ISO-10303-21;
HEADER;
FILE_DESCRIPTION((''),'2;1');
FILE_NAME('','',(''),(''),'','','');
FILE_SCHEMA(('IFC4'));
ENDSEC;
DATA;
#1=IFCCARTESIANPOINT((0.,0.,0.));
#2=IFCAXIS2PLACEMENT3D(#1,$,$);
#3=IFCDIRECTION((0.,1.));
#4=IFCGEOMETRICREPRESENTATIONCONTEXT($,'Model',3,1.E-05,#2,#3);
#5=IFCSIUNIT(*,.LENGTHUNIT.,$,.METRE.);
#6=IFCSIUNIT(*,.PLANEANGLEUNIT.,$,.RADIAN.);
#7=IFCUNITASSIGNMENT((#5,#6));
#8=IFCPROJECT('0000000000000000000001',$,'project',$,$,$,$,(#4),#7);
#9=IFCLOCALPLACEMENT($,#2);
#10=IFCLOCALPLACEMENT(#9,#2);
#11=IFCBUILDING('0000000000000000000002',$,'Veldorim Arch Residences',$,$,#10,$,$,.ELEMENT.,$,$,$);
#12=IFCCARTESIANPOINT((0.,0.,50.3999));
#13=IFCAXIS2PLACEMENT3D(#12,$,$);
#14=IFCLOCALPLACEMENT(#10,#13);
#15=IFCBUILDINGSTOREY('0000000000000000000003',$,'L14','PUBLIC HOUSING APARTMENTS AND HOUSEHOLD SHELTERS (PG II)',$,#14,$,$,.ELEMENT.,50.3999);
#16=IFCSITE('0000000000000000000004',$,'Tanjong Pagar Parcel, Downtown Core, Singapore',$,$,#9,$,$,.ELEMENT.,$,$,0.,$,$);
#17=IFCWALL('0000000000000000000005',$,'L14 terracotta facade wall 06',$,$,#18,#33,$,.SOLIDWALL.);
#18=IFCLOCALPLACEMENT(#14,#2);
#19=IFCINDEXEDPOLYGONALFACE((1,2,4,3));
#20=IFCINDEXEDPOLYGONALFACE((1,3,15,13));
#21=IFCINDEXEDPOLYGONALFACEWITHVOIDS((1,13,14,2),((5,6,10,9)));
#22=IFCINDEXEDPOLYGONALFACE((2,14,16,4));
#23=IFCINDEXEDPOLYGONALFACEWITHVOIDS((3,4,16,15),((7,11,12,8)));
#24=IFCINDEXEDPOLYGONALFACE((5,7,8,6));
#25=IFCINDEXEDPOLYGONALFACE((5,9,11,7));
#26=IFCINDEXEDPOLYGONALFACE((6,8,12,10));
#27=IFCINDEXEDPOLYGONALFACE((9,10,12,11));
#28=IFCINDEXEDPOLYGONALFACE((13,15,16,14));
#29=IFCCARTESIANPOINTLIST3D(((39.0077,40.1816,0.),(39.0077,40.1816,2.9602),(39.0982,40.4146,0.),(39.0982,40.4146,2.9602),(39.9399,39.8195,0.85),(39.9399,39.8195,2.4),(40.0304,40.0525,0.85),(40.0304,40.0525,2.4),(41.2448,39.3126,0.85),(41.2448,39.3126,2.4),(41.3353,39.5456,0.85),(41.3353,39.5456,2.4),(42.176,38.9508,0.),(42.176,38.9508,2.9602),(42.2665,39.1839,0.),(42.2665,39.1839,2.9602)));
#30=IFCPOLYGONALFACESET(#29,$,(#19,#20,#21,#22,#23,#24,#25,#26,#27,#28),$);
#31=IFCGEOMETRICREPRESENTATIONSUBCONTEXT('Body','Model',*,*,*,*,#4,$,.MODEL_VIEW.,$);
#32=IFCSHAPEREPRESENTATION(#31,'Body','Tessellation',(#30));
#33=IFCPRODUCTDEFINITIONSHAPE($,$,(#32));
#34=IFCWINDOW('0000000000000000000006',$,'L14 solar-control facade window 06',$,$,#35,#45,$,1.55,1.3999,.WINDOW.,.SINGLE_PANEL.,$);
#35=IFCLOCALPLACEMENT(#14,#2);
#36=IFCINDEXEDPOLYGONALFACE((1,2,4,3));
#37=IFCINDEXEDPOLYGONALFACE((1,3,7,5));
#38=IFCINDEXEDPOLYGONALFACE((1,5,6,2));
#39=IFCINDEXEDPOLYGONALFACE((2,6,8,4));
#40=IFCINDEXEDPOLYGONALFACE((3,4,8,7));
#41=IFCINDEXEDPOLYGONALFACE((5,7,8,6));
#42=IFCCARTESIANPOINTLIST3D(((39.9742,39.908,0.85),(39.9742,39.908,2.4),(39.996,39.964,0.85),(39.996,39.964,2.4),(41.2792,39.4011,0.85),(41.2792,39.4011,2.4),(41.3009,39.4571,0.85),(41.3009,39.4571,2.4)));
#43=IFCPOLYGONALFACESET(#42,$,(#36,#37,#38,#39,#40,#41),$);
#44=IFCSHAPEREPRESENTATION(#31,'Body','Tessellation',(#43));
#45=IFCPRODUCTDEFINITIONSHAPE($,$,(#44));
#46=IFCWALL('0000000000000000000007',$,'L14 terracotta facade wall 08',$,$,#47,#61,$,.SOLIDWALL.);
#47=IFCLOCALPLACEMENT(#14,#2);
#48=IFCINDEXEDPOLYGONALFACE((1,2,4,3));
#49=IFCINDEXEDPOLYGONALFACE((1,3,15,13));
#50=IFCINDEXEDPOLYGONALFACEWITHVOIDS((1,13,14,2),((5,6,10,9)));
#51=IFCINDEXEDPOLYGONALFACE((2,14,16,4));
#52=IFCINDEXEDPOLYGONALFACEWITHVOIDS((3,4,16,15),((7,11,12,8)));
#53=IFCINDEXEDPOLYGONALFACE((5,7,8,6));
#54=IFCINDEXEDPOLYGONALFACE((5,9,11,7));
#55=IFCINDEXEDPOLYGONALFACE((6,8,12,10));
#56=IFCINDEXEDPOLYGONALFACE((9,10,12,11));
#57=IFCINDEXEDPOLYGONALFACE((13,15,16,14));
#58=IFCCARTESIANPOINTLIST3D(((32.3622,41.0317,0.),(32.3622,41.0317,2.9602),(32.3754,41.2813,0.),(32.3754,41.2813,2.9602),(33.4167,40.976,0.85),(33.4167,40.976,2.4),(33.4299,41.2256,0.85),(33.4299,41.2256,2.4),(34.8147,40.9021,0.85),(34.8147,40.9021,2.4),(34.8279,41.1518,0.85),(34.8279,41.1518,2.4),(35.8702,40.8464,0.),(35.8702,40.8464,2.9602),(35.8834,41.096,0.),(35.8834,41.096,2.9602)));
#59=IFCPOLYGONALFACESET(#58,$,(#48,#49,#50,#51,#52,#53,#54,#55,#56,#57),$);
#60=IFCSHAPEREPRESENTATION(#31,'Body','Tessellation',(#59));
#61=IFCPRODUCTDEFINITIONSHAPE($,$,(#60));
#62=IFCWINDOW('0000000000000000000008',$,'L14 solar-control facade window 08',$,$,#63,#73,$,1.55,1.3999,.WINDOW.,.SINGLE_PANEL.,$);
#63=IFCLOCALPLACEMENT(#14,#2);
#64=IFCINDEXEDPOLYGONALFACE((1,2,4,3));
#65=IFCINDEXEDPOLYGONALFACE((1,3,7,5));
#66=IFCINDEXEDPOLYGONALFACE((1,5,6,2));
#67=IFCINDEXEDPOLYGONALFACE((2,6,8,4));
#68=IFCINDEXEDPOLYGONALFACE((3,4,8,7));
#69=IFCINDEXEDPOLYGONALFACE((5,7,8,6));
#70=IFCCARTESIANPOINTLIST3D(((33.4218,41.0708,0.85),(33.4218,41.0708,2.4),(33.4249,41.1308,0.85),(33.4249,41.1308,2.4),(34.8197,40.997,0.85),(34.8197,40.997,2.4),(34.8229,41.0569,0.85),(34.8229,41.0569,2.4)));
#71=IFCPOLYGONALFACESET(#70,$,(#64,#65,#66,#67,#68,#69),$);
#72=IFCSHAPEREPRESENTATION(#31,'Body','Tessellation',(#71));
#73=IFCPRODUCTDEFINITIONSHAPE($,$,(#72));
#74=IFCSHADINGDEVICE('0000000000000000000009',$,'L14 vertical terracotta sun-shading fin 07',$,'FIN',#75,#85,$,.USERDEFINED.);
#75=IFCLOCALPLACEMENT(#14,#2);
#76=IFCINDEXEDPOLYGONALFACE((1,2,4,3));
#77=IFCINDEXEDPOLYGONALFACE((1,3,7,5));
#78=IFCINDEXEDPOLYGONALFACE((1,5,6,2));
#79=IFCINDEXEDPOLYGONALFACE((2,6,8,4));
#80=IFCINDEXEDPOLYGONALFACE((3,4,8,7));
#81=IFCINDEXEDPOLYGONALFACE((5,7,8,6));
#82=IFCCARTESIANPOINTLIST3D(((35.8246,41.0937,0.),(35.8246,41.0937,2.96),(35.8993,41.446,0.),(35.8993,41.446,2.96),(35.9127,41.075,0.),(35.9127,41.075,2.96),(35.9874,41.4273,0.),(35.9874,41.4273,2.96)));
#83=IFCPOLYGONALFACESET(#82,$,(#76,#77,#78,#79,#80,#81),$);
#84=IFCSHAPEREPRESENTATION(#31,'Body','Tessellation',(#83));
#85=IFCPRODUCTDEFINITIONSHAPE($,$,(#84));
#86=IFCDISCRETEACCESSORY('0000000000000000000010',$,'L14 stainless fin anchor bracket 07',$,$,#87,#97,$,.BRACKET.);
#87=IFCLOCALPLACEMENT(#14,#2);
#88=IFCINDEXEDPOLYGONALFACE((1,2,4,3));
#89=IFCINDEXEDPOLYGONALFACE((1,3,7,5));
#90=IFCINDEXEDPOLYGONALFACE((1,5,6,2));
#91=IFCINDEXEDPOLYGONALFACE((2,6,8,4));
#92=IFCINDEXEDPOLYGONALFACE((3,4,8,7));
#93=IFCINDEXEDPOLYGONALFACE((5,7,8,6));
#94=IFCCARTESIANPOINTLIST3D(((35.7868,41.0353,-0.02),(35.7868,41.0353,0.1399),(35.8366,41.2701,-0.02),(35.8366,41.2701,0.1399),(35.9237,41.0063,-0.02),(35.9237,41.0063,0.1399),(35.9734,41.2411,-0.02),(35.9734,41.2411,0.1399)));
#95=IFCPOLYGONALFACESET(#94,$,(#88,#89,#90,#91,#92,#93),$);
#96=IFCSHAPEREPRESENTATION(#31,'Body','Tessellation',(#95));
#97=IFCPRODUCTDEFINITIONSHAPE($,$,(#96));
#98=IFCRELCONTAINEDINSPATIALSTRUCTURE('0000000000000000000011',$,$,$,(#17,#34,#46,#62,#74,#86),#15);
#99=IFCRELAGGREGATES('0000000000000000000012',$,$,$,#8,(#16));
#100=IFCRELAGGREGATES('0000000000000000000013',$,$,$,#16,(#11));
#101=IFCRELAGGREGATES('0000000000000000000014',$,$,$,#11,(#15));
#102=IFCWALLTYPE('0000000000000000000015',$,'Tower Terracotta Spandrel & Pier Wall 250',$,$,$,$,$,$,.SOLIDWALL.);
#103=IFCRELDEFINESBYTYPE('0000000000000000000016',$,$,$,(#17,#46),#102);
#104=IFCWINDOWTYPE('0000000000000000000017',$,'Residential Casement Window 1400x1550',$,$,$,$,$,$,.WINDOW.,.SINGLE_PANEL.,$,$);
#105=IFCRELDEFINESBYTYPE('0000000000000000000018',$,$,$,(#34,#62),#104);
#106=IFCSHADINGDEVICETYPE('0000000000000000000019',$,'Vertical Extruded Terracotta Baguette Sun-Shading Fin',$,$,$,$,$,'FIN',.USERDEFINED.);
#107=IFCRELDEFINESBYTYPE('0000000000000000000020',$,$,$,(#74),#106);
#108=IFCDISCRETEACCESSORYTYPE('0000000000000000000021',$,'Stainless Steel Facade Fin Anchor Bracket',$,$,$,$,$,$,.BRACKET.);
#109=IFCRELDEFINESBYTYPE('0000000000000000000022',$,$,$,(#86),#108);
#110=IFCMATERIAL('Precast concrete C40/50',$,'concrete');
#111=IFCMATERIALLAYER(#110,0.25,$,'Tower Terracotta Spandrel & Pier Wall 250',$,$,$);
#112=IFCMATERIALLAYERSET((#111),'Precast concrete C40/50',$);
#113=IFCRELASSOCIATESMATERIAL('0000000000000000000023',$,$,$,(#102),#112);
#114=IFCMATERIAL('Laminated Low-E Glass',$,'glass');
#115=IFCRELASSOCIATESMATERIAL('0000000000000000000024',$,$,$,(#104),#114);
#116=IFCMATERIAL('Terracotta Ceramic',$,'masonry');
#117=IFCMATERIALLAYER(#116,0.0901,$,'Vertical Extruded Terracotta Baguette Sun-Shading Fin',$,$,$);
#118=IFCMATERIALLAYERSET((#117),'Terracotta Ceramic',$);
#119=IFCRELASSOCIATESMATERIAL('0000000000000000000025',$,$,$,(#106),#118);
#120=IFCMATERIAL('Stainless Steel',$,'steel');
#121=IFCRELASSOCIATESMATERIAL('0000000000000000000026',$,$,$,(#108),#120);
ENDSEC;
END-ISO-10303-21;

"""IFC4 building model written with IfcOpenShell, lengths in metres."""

from ifc_helpers import new_model, si_unit, direction, frame, frame_2d, origin, origin_2d, place, context, subcontext, project, spatial, rectangle, extrude, material, layer, layer_set, type_object, element, fill, save


model = new_model("IFC4")

# Units and contexts
model_context = context("Model", 3, precision=1e-05, world=origin(), true_north=direction((0.0, 1.0)))
body_context = subcontext(model_context, "Body", "Model", "MODEL_VIEW")
ifc_project = project(units=[si_unit("LENGTHUNIT", "METRE"), si_unit("PLANEANGLEUNIT", "RADIAN")], contexts=[model_context])

# Site, building, storey
site_placement = place(None, origin())
site = spatial("IfcSite", under=ifc_project, at=site_placement, Name="Tanjong Pagar Parcel, Downtown Core, Singapore", CompositionType="ELEMENT", RefElevation=0.0)
building_placement = place(site_placement, origin())
building = spatial("IfcBuilding", under=site, at=building_placement, Name="Veldorim Arch Residences", CompositionType="ELEMENT")
storey_placement = place(building_placement, frame((0.0, 0.0, 50.3999)))
storey = spatial("IfcBuildingStorey", under=building, at=storey_placement, Name="L14", Description="PUBLIC HOUSING APARTMENTS AND HOUSEHOLD SHELTERS (PG II)", CompositionType="ELEMENT", Elevation=50.3999)

# Walls, openings, windows
ifc_material_1 = material(Name="Precast concrete C40/50", Category="concrete")
ifc_layer_1 = layer(ifc_material_1, 0.25, Name="Tower Terracotta Spandrel & Pier Wall 250")
ifc_layer_set_1 = layer_set([ifc_layer_1], Name="Precast concrete C40/50")
wall_type_1 = type_object("IfcWallType", Name="Tower Terracotta Spandrel & Pier Wall 250", PredefinedType="SOLIDWALL", material=ifc_layer_set_1)
wall_1_placement = place(storey_placement, frame((39.053, 40.2981, 0.0), z_axis=(0.0, 0.0, 1.0), x_axis=(0.932141, -0.362096, 0.0)))
wall_1 = element("IfcWall", 1, at=wall_1_placement, inside=storey, type_object=wall_type_1, Name="L14 terracotta facade wall 06", PredefinedType="SOLIDWALL", context=body_context, shape_type="SweptSolid", body=[
    extrude(rectangle(XDim=3.3989, YDim=0.25, at=frame_2d((1.6995, 0.0))), origin(), (0.0, 0.0, 1.0), 2.9602),
])
opening_1_placement = place(wall_1_placement, frame((1.0, 0.0, 0.8501)))
opening_1 = element("IfcOpeningElement", 2, at=opening_1_placement, cuts=wall_1, PredefinedType="OPENING", context=body_context, shape_type="SweptSolid", body=[
    extrude(rectangle(XDim=1.3999, YDim=1.55, at=frame_2d((0.7, 0.7749))), frame((0.0, 0.135, 0.0), z_axis=(0.0, -1.0, 0.0), x_axis=(1.0, 0.0, 0.0)), (0.0, 0.0, 1.0), 0.27),
])
ifc_material_2 = material(Name="Laminated Low-E Glass", Category="glass")
window_type = type_object("IfcWindowType", Name="Residential Casement Window 1400x1550", PartitioningType="SINGLE_PANEL", PredefinedType="WINDOW", material=ifc_material_2)
window_1_placement = place(opening_1_placement, origin())
window_1 = element("IfcWindow", 3, at=window_1_placement, inside=storey, type_object=window_type, Name="L14 solar-control facade window 06", OverallHeight=1.55, OverallWidth=1.3999, PartitioningType="SINGLE_PANEL", PredefinedType="WINDOW", context=body_context, shape_type="SweptSolid", body=[
    extrude(rectangle(XDim=1.3999, YDim=1.55, at=frame_2d((0.7, 0.7749))), frame((0.0, 0.03, 0.0), z_axis=(0.0, -1.0, 0.0), x_axis=(1.0, 0.0, 0.0)), (0.0, 0.0, 1.0), 0.0601),
])
fill(opening_1, window_1)
wall_2_placement = place(storey_placement, frame((32.3689, 41.1565, 0.0), z_axis=(0.0, 0.0, 1.0), x_axis=(0.998608, -0.052749, 0.0)))
wall_2 = element("IfcWall", 4, at=wall_2_placement, inside=storey, type_object=wall_type_1, Name="L14 terracotta facade wall 08", PredefinedType="SOLIDWALL", context=body_context, shape_type="SweptSolid", body=[
    extrude(rectangle(XDim=3.5129, YDim=0.25, at=frame_2d((1.7563, 0.0))), origin(), (0.0, 0.0, 1.0), 2.9602),
])
opening_2_placement = place(wall_2_placement, frame((1.0559, 0.0, 0.8501)))
opening_2 = element("IfcOpeningElement", 5, at=opening_2_placement, cuts=wall_2, PredefinedType="OPENING", context=body_context, shape_type="SweptSolid", body=[
    extrude(rectangle(XDim=1.3999, YDim=1.55, at=frame_2d((0.7, 0.7749))), frame((0.0, 0.135, 0.0), z_axis=(0.0, -1.0, 0.0), x_axis=(1.0, 0.0, 0.0)), (0.0, 0.0, 1.0), 0.27),
])
window_2_placement = place(opening_2_placement, origin())
window_2 = element("IfcWindow", 6, at=window_2_placement, inside=storey, type_object=window_type, Name="L14 solar-control facade window 08", OverallHeight=1.55, OverallWidth=1.3999, PartitioningType="SINGLE_PANEL", PredefinedType="WINDOW", context=body_context, shape_type="SweptSolid", body=[
    extrude(rectangle(XDim=1.3999, YDim=1.55, at=frame_2d((0.7, 0.7749))), frame((0.0, 0.03, 0.0), z_axis=(0.0, -1.0, 0.0), x_axis=(1.0, 0.0, 0.0)), (0.0, 0.0, 1.0), 0.0601),
])
fill(opening_2, window_2)

# Shading device
ifc_material_3 = material(Name="Terracotta Ceramic", Category="masonry")
ifc_layer_2 = layer(ifc_material_3, 0.0901, Name="Vertical Extruded Terracotta Baguette Sun-Shading Fin")
ifc_layer_set_2 = layer_set([ifc_layer_2], Name="Terracotta Ceramic")
shading_device_type = type_object("IfcShadingDeviceType", Name="Vertical Extruded Terracotta Baguette Sun-Shading Fin", ElementType="FIN", PredefinedType="USERDEFINED", material=ifc_layer_set_2)
shading_device_placement = place(storey_placement, frame((35.906, 41.2605, 0.0), z_axis=(0.0, 0.0, 1.0), x_axis=(0.978256, -0.2074, 0.0)))
element("IfcShadingDevice", 7, at=shading_device_placement, inside=storey, type_object=shading_device_type, Name="L14 vertical terracotta sun-shading fin 07", ObjectType="FIN", PredefinedType="USERDEFINED", context=body_context, shape_type="SweptSolid", body=[
    extrude(rectangle(XDim=0.0901, YDim=0.3601, at=origin_2d()), origin(), (0.0, 0.0, 1.0), 2.96),
])

# Discrete accessory
ifc_material_4 = material(Name="Stainless Steel", Category="steel")
discrete_accessory_type = type_object("IfcDiscreteAccessoryType", Name="Stainless Steel Facade Fin Anchor Bracket", PredefinedType="BRACKET", material=ifc_material_4)
discrete_accessory_placement = place(storey_placement, frame((35.8801, 41.1382, -0.02), z_axis=(0.0, 0.0, 1.0), x_axis=(0.978256, -0.2074, 0.0)))
element("IfcDiscreteAccessory", 8, at=discrete_accessory_placement, inside=storey, type_object=discrete_accessory_type, Name="L14 stainless fin anchor bracket 07", PredefinedType="BRACKET", context=body_context, shape_type="SweptSolid", body=[
    extrude(rectangle(XDim=0.1399, YDim=0.24, at=origin_2d()), origin(), (0.0, 0.0, 1.0), 0.1599),
])

save(model, "model.ifc")
